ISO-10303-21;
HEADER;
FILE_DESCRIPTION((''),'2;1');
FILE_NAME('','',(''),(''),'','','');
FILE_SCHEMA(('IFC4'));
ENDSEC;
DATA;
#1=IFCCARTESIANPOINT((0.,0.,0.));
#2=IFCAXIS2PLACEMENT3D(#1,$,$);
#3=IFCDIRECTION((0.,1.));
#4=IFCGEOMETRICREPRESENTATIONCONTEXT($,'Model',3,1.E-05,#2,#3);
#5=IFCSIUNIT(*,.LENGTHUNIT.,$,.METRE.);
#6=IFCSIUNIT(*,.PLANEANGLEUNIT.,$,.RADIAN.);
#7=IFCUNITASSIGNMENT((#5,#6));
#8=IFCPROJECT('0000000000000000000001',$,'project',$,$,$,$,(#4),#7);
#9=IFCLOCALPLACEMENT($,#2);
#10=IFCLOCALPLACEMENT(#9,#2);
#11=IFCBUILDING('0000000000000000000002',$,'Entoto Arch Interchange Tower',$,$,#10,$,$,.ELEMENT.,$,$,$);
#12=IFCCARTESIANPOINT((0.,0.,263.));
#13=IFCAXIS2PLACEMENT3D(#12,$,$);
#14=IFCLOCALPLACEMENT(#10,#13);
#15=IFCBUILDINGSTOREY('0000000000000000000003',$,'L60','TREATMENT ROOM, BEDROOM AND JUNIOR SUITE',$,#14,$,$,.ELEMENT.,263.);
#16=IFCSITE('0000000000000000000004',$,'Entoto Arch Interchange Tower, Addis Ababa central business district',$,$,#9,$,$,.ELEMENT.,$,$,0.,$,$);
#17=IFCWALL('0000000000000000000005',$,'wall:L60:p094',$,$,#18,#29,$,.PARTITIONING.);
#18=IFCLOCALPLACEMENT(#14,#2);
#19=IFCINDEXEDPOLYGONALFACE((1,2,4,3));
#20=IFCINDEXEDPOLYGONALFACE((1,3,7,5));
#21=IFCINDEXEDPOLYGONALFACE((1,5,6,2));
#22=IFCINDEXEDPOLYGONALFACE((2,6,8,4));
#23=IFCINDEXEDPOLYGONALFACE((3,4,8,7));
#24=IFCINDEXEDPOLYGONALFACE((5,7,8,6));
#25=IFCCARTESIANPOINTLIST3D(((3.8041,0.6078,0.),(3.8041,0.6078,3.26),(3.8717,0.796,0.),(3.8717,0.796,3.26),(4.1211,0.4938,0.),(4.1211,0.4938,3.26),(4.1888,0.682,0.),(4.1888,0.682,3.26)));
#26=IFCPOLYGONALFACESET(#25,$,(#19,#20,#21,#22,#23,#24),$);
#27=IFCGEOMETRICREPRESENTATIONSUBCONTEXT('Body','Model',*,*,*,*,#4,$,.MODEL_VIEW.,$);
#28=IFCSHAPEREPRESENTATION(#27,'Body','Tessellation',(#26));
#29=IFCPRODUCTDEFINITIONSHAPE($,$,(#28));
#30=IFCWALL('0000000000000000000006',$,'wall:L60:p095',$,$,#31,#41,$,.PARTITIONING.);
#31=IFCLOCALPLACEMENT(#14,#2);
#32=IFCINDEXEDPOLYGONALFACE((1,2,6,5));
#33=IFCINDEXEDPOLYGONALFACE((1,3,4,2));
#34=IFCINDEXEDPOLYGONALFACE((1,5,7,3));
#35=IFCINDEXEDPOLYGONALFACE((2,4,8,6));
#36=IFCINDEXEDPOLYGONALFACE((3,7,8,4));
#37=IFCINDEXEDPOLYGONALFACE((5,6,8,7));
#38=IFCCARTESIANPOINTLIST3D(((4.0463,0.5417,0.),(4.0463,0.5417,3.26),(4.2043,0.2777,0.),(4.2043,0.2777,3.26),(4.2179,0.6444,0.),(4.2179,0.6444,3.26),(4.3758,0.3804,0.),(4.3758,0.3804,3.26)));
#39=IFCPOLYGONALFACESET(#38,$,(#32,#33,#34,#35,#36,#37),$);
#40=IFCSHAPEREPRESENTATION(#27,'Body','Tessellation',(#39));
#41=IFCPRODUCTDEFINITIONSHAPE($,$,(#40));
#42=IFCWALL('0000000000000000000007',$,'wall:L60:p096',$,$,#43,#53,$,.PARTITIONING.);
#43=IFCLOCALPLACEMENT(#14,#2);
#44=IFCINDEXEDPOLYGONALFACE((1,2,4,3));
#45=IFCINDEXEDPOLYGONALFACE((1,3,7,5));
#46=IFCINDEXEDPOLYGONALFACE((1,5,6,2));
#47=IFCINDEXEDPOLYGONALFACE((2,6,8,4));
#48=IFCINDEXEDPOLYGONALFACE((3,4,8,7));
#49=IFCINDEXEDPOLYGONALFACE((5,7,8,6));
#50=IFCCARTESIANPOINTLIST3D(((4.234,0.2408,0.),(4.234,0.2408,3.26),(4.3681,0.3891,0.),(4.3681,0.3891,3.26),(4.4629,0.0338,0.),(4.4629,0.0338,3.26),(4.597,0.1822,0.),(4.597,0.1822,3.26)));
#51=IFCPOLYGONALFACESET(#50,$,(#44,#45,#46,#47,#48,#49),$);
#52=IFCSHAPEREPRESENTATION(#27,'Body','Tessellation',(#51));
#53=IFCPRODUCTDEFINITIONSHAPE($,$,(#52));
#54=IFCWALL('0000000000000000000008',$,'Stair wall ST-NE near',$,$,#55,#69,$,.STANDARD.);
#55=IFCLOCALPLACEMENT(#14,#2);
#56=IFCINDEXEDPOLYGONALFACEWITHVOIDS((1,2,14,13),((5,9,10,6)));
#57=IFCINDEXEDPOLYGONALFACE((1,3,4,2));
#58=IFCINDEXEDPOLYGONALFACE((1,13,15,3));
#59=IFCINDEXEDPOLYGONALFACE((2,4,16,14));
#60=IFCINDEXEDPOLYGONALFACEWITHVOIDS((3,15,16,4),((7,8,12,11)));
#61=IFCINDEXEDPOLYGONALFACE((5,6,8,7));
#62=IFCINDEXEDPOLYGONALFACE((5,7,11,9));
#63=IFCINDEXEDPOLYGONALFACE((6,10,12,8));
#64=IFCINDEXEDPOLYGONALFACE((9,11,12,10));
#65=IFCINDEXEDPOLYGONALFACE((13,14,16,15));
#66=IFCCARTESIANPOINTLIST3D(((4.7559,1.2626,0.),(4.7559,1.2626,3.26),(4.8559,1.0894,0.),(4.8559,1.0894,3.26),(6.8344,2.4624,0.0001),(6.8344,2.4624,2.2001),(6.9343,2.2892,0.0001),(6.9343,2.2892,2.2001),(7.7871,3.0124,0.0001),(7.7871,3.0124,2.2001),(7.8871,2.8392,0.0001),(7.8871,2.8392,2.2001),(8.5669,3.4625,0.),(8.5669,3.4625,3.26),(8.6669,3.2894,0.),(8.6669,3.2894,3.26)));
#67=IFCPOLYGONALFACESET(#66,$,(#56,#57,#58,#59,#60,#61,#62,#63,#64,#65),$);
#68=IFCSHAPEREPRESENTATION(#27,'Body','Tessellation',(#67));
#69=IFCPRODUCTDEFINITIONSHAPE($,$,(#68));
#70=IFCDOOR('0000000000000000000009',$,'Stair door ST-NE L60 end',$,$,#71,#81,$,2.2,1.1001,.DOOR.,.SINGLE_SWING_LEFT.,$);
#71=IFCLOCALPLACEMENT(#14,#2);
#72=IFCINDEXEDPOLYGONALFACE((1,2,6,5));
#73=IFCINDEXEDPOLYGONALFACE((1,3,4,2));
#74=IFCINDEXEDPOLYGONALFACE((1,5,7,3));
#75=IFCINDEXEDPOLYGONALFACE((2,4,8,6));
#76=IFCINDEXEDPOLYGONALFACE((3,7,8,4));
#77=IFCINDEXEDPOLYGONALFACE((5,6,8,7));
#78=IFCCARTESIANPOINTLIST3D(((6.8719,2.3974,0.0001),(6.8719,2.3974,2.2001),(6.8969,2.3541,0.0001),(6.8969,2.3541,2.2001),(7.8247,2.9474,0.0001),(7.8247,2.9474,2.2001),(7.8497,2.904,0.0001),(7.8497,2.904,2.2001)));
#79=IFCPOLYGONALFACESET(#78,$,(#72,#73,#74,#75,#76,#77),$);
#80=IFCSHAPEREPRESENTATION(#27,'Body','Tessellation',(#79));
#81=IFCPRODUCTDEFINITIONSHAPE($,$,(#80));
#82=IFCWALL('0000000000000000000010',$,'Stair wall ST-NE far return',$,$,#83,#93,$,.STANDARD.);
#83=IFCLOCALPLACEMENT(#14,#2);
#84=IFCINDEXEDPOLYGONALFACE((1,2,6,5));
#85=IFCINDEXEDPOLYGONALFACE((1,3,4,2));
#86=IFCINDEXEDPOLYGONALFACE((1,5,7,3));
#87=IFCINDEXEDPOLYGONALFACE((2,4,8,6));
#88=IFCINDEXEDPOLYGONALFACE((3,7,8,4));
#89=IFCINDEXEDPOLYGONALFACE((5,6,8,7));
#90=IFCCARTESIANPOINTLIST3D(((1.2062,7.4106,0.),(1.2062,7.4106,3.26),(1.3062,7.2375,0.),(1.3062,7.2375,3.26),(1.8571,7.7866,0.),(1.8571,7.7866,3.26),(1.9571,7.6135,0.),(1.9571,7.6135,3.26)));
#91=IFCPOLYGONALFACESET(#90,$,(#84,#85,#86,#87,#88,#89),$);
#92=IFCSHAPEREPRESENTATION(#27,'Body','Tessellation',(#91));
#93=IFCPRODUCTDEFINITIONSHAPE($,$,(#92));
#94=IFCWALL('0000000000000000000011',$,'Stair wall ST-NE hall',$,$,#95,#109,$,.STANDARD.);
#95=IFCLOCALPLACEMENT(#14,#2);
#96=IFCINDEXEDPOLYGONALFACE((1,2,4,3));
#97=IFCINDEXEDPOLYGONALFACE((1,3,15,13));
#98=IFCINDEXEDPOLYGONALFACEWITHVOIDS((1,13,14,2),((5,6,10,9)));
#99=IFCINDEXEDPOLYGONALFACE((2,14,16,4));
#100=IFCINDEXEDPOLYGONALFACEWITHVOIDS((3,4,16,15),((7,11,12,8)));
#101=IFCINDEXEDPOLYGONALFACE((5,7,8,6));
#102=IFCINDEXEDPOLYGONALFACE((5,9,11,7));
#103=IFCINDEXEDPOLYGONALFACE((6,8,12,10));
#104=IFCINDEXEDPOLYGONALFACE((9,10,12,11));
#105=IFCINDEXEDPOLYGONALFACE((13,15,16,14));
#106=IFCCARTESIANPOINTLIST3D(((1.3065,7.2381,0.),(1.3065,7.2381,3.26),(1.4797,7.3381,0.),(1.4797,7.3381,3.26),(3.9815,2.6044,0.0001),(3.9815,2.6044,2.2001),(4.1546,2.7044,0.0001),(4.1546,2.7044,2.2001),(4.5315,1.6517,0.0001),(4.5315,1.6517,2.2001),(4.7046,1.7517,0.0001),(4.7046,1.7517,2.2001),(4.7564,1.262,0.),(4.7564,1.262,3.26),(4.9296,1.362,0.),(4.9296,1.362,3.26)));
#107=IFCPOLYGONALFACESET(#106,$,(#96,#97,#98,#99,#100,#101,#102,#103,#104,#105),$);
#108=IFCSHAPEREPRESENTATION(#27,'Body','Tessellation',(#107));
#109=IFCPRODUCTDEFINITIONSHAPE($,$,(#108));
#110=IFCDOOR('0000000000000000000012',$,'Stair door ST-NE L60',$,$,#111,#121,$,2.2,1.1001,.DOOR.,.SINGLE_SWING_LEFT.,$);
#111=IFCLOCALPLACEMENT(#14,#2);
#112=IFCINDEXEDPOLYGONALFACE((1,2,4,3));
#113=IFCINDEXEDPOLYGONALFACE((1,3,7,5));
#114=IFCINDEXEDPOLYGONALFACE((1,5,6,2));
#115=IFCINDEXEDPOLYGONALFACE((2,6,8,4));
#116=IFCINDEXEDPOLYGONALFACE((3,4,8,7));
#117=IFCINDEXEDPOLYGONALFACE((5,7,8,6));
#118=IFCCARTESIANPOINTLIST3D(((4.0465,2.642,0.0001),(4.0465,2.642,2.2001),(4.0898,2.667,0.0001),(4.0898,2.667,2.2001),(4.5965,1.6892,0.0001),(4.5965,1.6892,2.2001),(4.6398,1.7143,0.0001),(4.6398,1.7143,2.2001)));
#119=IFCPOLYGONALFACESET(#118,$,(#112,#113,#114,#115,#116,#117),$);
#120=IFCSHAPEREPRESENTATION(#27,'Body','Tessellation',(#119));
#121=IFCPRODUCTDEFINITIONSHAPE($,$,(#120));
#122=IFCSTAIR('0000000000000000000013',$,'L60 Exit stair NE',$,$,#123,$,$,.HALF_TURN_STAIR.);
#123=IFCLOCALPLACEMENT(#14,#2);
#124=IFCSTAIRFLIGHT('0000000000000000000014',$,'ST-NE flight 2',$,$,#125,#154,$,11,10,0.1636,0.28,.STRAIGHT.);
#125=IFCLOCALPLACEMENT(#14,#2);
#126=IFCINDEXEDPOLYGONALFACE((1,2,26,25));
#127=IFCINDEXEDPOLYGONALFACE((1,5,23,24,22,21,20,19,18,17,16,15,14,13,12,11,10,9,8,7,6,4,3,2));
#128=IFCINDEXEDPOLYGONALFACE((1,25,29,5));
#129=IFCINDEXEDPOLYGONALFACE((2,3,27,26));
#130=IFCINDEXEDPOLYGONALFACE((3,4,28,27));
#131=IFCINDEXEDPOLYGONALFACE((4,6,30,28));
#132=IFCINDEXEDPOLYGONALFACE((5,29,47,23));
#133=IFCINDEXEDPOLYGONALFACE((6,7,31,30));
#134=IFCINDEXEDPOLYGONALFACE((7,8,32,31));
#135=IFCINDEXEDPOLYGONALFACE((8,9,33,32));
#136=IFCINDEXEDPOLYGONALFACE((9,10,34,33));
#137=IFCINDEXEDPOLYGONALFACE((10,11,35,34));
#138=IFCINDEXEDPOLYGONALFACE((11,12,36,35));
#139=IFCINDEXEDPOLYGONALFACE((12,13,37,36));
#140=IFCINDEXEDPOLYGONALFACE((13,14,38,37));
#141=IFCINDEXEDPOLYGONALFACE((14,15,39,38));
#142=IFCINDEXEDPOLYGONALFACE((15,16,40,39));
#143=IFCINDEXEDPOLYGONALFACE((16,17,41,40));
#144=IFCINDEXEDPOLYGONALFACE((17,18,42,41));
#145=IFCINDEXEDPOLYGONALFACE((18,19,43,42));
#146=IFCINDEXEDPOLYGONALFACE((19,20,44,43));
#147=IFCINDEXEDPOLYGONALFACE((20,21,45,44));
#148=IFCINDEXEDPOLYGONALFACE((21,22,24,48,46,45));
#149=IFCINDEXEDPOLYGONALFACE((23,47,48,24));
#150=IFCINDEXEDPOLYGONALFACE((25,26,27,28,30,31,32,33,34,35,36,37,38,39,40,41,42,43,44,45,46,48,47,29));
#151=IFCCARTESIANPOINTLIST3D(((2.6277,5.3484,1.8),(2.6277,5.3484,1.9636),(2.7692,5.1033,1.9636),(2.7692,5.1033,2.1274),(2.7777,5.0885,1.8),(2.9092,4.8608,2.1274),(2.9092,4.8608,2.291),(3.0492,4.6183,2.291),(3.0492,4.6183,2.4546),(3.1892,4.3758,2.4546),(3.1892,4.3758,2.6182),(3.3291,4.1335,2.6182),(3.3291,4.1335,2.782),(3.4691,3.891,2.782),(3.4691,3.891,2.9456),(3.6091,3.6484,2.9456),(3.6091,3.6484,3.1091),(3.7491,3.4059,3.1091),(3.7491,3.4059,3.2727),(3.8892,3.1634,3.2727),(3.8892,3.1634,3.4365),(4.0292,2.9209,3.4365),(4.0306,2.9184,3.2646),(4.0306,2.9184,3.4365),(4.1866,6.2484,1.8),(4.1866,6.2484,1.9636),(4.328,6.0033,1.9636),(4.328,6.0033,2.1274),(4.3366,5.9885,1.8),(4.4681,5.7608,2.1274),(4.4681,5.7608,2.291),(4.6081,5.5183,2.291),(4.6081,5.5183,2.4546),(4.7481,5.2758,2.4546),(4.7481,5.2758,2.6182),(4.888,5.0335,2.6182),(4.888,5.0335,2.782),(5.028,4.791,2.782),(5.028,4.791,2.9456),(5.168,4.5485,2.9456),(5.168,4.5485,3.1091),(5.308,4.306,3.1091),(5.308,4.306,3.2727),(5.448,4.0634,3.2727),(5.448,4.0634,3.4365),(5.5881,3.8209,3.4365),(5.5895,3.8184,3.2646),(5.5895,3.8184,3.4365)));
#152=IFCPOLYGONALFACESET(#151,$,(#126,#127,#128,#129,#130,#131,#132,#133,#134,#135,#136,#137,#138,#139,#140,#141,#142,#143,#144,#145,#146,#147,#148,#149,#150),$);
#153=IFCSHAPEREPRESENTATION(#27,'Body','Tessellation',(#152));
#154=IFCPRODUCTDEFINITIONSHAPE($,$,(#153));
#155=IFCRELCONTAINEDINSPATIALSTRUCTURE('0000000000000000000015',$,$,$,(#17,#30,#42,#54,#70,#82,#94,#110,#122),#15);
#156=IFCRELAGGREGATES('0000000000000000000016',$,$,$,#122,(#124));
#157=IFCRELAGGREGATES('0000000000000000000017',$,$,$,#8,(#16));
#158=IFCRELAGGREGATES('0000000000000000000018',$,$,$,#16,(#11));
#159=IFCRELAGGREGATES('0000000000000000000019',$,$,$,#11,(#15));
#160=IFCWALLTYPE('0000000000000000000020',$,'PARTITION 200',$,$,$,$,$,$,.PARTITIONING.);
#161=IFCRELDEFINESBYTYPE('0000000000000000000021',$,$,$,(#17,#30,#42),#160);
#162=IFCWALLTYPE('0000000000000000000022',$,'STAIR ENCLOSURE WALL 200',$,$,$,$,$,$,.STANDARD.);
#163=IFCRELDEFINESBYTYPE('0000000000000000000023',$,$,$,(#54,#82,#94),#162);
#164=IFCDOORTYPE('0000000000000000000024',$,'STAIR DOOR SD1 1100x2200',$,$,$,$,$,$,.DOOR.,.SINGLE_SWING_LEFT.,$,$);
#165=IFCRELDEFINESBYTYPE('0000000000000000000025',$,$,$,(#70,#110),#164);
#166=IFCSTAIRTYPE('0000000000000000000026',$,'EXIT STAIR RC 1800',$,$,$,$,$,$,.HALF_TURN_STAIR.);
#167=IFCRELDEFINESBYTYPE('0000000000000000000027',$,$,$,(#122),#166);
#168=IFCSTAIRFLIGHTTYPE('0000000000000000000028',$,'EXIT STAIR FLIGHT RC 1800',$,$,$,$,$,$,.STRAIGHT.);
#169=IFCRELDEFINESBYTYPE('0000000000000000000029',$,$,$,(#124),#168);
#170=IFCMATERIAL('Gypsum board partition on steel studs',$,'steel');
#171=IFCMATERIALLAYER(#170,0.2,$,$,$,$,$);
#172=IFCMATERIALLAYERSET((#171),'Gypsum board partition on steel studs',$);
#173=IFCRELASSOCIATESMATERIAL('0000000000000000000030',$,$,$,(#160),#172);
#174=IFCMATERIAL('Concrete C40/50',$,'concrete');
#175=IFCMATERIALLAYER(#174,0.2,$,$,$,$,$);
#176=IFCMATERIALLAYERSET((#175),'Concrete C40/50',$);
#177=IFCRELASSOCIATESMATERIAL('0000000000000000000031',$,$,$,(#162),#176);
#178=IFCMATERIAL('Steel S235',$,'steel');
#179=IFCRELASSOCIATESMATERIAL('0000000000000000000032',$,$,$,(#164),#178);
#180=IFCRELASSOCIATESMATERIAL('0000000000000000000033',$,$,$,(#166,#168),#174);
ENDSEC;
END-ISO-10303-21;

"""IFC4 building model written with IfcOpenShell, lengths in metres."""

from ifc_helpers import new_model, si_unit, direction, frame, frame_2d, origin, place, context, subcontext, project, spatial, polyline, rectangle, outline, extrude, material, layer, layer_set, type_object, element, fill, aggregate, save


model = new_model("IFC4")

# Units and contexts
model_context = context("Model", 3, precision=1e-05, world=origin(), true_north=direction((0.0, 1.0)))
body_context = subcontext(model_context, "Body", "Model", "MODEL_VIEW")
ifc_project = project(units=[si_unit("LENGTHUNIT", "METRE"), si_unit("PLANEANGLEUNIT", "RADIAN")], contexts=[model_context])

# Site, building, storey
site_placement = place(None, origin())
site = spatial("IfcSite", under=ifc_project, at=site_placement, Name="Entoto Arch Interchange Tower, Addis Ababa central business district", CompositionType="ELEMENT", RefElevation=0.0)
building_placement = place(site_placement, origin())
building = spatial("IfcBuilding", under=site, at=building_placement, Name="Entoto Arch Interchange Tower", CompositionType="ELEMENT")
storey_placement = place(building_placement, frame((0.0, 0.0, 263.0)))
storey = spatial("IfcBuildingStorey", under=building, at=storey_placement, Name="L60", Description="TREATMENT ROOM, BEDROOM AND JUNIOR SUITE", CompositionType="ELEMENT", Elevation=263.0)

# Shared definitions
ifc_material_1 = material(Name="Concrete C40/50", Category="concrete")

# Shared definitions
ifc_material_2 = material(Name="Gypsum board partition on steel studs", Category="steel")
ifc_layer_1 = layer(ifc_material_2, 0.2)
ifc_layer_set_1 = layer_set([ifc_layer_1], Name="Gypsum board partition on steel studs")
wall_type_1 = type_object("IfcWallType", Name="PARTITION 200", PredefinedType="PARTITIONING", material=ifc_layer_set_1)

# Walls
wall_1_placement = place(storey_placement, frame((3.8379, 0.7019, 0.0), z_axis=(0.0, 0.0, 1.0), x_axis=(0.941035, -0.338309, 0.0)))
element("IfcWall", 1, at=wall_1_placement, inside=storey, type_object=wall_type_1, Name="wall:L60:p094", PredefinedType="PARTITIONING", context=body_context, shape_type="SweptSolid", body=[
    extrude(rectangle(XDim=0.3369, YDim=0.2, at=frame_2d((0.1685, 0.0))), origin(), (0.0, 0.0, 1.0), 3.26),
])
wall_2_placement = place(storey_placement, frame((4.1321, 0.593, 0.0), z_axis=(0.0, 0.0, 1.0), x_axis=(0.513562, -0.858053, 0.0)))
element("IfcWall", 2, at=wall_2_placement, inside=storey, type_object=wall_type_1, Name="wall:L60:p095", PredefinedType="PARTITIONING", context=body_context, shape_type="SweptSolid", body=[
    extrude(rectangle(XDim=0.3076, YDim=0.2, at=frame_2d((0.1538, 0.0))), origin(), (0.0, 0.0, 1.0), 3.26),
])
wall_3_placement = place(storey_placement, frame((4.301, 0.3149, 0.0), z_axis=(0.0, 0.0, 1.0), x_axis=(0.741798, -0.670623, 0.0)))
element("IfcWall", 3, at=wall_3_placement, inside=storey, type_object=wall_type_1, Name="wall:L60:p096", PredefinedType="PARTITIONING", context=body_context, shape_type="SweptSolid", body=[
    extrude(rectangle(XDim=0.3086, YDim=0.2, at=frame_2d((0.1543, 0.0))), origin(), (0.0, 0.0, 1.0), 3.26),
])

# Wall, opening, door
ifc_layer_2 = layer(ifc_material_1, 0.2)
ifc_layer_set_2 = layer_set([ifc_layer_2], Name="Concrete C40/50")
wall_type_2 = type_object("IfcWallType", Name="STAIR ENCLOSURE WALL 200", PredefinedType="STANDARD", material=ifc_layer_set_2)
wall_4_placement = place(storey_placement, frame((4.8059, 1.176, 0.0), z_axis=(0.0, 0.0, 1.0), x_axis=(0.86606, 0.49994, 0.0)))
wall_4 = element("IfcWall", 4, at=wall_4_placement, inside=storey, type_object=wall_type_2, Name="Stair wall ST-NE near", PredefinedType="STANDARD", context=body_context, shape_type="SweptSolid", body=[
    extrude(rectangle(XDim=4.4004, YDim=0.2, at=frame_2d((2.2002, 0.0))), origin(), (0.0, 0.0, 1.0), 3.26),
])
opening_1_placement = place(wall_4_placement, frame((2.3999, 0.0, 0.0)))
opening_1 = element("IfcOpeningElement", 5, at=opening_1_placement, cuts=wall_4, PredefinedType="OPENING", context=body_context, shape_type="SweptSolid", body=[
    extrude(rectangle(XDim=1.1001, YDim=2.2, at=frame_2d((0.55, 1.1001))), frame((0.0, 0.1099, 0.0), z_axis=(0.0, -1.0, 0.0), x_axis=(1.0, 0.0, 0.0)), (0.0, 0.0, 1.0), 0.22),
])
ifc_material_3 = material(Name="Steel S235", Category="steel")
door_type_1 = type_object("IfcDoorType", Name="STAIR DOOR SD1 1100x2200", OperationType="SINGLE_SWING_LEFT", PredefinedType="DOOR", material=ifc_material_3)
door_1_placement = place(opening_1_placement, origin())
door_1 = element("IfcDoor", 6, at=door_1_placement, inside=storey, type_object=door_type_1, Name="Stair door ST-NE L60 end", OperationType="SINGLE_SWING_LEFT", OverallHeight=2.2, OverallWidth=1.1001, PredefinedType="DOOR", context=body_context, shape_type="SweptSolid", body=[
    extrude(rectangle(XDim=1.1001, YDim=2.2, at=frame_2d((0.55, 1.1001))), frame((0.0, 0.0249, 0.0), z_axis=(0.0, -1.0, 0.0), x_axis=(1.0, 0.0, 0.0)), (0.0, 0.0, 1.0), 0.05),
])
fill(opening_1, door_1)

# Wall
wall_5_placement = place(storey_placement, frame((1.2561, 7.324, 0.0), z_axis=(0.0, 0.0, 1.0), x_axis=(0.865915, 0.500191, 0.0)))
element("IfcWall", 7, at=wall_5_placement, inside=storey, type_object=wall_type_2, Name="Stair wall ST-NE far return", PredefinedType="STANDARD", context=body_context, shape_type="SweptSolid", body=[
    extrude(rectangle(XDim=0.7517, YDim=0.2, at=frame_2d((0.376, 0.0))), origin(), (0.0, 0.0, 1.0), 3.26),
])

# Wall, opening, door
wall_6_placement = place(storey_placement, frame((4.843, 1.312, 0.0), z_axis=(0.0, 0.0, 1.0), x_axis=(-0.499963, 0.866047, 0.0)))
wall_6 = element("IfcWall", 8, at=wall_6_placement, inside=storey, type_object=wall_type_2, Name="Stair wall ST-NE hall", PredefinedType="STANDARD", context=body_context, shape_type="SweptSolid", body=[
    extrude(rectangle(XDim=6.9004, YDim=0.2, at=frame_2d((3.4502, 0.0))), origin(), (0.0, 0.0, 1.0), 3.26),
])
opening_2_placement = place(wall_6_placement, frame((0.45, 0.0, 0.0)))
opening_2 = element("IfcOpeningElement", 9, at=opening_2_placement, cuts=wall_6, PredefinedType="OPENING", context=body_context, shape_type="SweptSolid", body=[
    extrude(rectangle(XDim=1.1001, YDim=2.2, at=frame_2d((0.55, 1.1001))), frame((0.0, 0.1099, 0.0), z_axis=(0.0, -1.0, 0.0), x_axis=(1.0, 0.0, 0.0)), (0.0, 0.0, 1.0), 0.22),
])
door_2_placement = place(opening_2_placement, origin())
door_2 = element("IfcDoor", 10, at=door_2_placement, inside=storey, type_object=door_type_1, Name="Stair door ST-NE L60", OperationType="SINGLE_SWING_LEFT", OverallHeight=2.2, OverallWidth=1.1001, PredefinedType="DOOR", context=body_context, shape_type="SweptSolid", body=[
    extrude(rectangle(XDim=1.1001, YDim=2.2, at=frame_2d((0.55, 1.1001))), frame((0.0, 0.0249, 0.0), z_axis=(0.0, -1.0, 0.0), x_axis=(1.0, 0.0, 0.0)), (0.0, 0.0, 1.0), 0.05),
])
fill(opening_2, door_2)

# Stair, stair flight
stair_type = type_object("IfcStairType", Name="EXIT STAIR RC 1800", PredefinedType="HALF_TURN_STAIR", material=ifc_material_1)
stair_placement = place(storey_placement, origin())
stair = element("IfcStair", 11, at=stair_placement, inside=storey, type_object=stair_type, Name="L60 Exit stair NE", PredefinedType="HALF_TURN_STAIR")
stair_flight_type = type_object("IfcStairFlightType", Name="EXIT STAIR FLIGHT RC 1800", PredefinedType="STRAIGHT", material=ifc_material_1)
stair_flight_placement = place(storey_placement, frame((3.4087, 5.7959, 1.8), z_axis=(0.0, 0.0, 1.0), x_axis=(0.5, -0.866025, 0.0)))
stair_flight = element("IfcStairFlight", 12, at=stair_flight_placement, type_object=stair_flight_type, Name="ST-NE flight 2", NumberOfRisers=11, NumberOfTreads=10, PredefinedType="STRAIGHT", RiserHeight=0.1636, TreadLength=0.28, context=body_context, shape_type="SweptSolid", body=[
    extrude(outline(polyline([(-0.0029, 0.0), (-0.0029, 0.1636), (0.28, 0.1636), (0.28, 0.3274), (0.5601, 0.3274), (0.5601, 0.491), (0.8401, 0.491), (0.8401, 0.6545), (1.1201, 0.6545), (1.1201, 0.8181), (1.3999, 0.8181), (1.3999, 0.9819), (1.6799, 0.9819), (1.6799, 1.1455), (1.96, 1.1455), (1.96, 1.3091), (2.24, 1.3091), (2.24, 1.4727), (2.52, 1.4727), (2.52, 1.6365), (2.8, 1.6365), (2.803, 1.6365), (2.803, 1.4646), (0.2971, 0.0), (-0.0029, 0.0)])), frame((0.0, 0.8999, 0.0), z_axis=(0.0, -1.0, 0.0), x_axis=(1.0, 0.0, 0.0)), (0.0, 0.0, 1.0), 1.8),
])
aggregate(stair, [stair_flight])

save(model, "model.ifc")
